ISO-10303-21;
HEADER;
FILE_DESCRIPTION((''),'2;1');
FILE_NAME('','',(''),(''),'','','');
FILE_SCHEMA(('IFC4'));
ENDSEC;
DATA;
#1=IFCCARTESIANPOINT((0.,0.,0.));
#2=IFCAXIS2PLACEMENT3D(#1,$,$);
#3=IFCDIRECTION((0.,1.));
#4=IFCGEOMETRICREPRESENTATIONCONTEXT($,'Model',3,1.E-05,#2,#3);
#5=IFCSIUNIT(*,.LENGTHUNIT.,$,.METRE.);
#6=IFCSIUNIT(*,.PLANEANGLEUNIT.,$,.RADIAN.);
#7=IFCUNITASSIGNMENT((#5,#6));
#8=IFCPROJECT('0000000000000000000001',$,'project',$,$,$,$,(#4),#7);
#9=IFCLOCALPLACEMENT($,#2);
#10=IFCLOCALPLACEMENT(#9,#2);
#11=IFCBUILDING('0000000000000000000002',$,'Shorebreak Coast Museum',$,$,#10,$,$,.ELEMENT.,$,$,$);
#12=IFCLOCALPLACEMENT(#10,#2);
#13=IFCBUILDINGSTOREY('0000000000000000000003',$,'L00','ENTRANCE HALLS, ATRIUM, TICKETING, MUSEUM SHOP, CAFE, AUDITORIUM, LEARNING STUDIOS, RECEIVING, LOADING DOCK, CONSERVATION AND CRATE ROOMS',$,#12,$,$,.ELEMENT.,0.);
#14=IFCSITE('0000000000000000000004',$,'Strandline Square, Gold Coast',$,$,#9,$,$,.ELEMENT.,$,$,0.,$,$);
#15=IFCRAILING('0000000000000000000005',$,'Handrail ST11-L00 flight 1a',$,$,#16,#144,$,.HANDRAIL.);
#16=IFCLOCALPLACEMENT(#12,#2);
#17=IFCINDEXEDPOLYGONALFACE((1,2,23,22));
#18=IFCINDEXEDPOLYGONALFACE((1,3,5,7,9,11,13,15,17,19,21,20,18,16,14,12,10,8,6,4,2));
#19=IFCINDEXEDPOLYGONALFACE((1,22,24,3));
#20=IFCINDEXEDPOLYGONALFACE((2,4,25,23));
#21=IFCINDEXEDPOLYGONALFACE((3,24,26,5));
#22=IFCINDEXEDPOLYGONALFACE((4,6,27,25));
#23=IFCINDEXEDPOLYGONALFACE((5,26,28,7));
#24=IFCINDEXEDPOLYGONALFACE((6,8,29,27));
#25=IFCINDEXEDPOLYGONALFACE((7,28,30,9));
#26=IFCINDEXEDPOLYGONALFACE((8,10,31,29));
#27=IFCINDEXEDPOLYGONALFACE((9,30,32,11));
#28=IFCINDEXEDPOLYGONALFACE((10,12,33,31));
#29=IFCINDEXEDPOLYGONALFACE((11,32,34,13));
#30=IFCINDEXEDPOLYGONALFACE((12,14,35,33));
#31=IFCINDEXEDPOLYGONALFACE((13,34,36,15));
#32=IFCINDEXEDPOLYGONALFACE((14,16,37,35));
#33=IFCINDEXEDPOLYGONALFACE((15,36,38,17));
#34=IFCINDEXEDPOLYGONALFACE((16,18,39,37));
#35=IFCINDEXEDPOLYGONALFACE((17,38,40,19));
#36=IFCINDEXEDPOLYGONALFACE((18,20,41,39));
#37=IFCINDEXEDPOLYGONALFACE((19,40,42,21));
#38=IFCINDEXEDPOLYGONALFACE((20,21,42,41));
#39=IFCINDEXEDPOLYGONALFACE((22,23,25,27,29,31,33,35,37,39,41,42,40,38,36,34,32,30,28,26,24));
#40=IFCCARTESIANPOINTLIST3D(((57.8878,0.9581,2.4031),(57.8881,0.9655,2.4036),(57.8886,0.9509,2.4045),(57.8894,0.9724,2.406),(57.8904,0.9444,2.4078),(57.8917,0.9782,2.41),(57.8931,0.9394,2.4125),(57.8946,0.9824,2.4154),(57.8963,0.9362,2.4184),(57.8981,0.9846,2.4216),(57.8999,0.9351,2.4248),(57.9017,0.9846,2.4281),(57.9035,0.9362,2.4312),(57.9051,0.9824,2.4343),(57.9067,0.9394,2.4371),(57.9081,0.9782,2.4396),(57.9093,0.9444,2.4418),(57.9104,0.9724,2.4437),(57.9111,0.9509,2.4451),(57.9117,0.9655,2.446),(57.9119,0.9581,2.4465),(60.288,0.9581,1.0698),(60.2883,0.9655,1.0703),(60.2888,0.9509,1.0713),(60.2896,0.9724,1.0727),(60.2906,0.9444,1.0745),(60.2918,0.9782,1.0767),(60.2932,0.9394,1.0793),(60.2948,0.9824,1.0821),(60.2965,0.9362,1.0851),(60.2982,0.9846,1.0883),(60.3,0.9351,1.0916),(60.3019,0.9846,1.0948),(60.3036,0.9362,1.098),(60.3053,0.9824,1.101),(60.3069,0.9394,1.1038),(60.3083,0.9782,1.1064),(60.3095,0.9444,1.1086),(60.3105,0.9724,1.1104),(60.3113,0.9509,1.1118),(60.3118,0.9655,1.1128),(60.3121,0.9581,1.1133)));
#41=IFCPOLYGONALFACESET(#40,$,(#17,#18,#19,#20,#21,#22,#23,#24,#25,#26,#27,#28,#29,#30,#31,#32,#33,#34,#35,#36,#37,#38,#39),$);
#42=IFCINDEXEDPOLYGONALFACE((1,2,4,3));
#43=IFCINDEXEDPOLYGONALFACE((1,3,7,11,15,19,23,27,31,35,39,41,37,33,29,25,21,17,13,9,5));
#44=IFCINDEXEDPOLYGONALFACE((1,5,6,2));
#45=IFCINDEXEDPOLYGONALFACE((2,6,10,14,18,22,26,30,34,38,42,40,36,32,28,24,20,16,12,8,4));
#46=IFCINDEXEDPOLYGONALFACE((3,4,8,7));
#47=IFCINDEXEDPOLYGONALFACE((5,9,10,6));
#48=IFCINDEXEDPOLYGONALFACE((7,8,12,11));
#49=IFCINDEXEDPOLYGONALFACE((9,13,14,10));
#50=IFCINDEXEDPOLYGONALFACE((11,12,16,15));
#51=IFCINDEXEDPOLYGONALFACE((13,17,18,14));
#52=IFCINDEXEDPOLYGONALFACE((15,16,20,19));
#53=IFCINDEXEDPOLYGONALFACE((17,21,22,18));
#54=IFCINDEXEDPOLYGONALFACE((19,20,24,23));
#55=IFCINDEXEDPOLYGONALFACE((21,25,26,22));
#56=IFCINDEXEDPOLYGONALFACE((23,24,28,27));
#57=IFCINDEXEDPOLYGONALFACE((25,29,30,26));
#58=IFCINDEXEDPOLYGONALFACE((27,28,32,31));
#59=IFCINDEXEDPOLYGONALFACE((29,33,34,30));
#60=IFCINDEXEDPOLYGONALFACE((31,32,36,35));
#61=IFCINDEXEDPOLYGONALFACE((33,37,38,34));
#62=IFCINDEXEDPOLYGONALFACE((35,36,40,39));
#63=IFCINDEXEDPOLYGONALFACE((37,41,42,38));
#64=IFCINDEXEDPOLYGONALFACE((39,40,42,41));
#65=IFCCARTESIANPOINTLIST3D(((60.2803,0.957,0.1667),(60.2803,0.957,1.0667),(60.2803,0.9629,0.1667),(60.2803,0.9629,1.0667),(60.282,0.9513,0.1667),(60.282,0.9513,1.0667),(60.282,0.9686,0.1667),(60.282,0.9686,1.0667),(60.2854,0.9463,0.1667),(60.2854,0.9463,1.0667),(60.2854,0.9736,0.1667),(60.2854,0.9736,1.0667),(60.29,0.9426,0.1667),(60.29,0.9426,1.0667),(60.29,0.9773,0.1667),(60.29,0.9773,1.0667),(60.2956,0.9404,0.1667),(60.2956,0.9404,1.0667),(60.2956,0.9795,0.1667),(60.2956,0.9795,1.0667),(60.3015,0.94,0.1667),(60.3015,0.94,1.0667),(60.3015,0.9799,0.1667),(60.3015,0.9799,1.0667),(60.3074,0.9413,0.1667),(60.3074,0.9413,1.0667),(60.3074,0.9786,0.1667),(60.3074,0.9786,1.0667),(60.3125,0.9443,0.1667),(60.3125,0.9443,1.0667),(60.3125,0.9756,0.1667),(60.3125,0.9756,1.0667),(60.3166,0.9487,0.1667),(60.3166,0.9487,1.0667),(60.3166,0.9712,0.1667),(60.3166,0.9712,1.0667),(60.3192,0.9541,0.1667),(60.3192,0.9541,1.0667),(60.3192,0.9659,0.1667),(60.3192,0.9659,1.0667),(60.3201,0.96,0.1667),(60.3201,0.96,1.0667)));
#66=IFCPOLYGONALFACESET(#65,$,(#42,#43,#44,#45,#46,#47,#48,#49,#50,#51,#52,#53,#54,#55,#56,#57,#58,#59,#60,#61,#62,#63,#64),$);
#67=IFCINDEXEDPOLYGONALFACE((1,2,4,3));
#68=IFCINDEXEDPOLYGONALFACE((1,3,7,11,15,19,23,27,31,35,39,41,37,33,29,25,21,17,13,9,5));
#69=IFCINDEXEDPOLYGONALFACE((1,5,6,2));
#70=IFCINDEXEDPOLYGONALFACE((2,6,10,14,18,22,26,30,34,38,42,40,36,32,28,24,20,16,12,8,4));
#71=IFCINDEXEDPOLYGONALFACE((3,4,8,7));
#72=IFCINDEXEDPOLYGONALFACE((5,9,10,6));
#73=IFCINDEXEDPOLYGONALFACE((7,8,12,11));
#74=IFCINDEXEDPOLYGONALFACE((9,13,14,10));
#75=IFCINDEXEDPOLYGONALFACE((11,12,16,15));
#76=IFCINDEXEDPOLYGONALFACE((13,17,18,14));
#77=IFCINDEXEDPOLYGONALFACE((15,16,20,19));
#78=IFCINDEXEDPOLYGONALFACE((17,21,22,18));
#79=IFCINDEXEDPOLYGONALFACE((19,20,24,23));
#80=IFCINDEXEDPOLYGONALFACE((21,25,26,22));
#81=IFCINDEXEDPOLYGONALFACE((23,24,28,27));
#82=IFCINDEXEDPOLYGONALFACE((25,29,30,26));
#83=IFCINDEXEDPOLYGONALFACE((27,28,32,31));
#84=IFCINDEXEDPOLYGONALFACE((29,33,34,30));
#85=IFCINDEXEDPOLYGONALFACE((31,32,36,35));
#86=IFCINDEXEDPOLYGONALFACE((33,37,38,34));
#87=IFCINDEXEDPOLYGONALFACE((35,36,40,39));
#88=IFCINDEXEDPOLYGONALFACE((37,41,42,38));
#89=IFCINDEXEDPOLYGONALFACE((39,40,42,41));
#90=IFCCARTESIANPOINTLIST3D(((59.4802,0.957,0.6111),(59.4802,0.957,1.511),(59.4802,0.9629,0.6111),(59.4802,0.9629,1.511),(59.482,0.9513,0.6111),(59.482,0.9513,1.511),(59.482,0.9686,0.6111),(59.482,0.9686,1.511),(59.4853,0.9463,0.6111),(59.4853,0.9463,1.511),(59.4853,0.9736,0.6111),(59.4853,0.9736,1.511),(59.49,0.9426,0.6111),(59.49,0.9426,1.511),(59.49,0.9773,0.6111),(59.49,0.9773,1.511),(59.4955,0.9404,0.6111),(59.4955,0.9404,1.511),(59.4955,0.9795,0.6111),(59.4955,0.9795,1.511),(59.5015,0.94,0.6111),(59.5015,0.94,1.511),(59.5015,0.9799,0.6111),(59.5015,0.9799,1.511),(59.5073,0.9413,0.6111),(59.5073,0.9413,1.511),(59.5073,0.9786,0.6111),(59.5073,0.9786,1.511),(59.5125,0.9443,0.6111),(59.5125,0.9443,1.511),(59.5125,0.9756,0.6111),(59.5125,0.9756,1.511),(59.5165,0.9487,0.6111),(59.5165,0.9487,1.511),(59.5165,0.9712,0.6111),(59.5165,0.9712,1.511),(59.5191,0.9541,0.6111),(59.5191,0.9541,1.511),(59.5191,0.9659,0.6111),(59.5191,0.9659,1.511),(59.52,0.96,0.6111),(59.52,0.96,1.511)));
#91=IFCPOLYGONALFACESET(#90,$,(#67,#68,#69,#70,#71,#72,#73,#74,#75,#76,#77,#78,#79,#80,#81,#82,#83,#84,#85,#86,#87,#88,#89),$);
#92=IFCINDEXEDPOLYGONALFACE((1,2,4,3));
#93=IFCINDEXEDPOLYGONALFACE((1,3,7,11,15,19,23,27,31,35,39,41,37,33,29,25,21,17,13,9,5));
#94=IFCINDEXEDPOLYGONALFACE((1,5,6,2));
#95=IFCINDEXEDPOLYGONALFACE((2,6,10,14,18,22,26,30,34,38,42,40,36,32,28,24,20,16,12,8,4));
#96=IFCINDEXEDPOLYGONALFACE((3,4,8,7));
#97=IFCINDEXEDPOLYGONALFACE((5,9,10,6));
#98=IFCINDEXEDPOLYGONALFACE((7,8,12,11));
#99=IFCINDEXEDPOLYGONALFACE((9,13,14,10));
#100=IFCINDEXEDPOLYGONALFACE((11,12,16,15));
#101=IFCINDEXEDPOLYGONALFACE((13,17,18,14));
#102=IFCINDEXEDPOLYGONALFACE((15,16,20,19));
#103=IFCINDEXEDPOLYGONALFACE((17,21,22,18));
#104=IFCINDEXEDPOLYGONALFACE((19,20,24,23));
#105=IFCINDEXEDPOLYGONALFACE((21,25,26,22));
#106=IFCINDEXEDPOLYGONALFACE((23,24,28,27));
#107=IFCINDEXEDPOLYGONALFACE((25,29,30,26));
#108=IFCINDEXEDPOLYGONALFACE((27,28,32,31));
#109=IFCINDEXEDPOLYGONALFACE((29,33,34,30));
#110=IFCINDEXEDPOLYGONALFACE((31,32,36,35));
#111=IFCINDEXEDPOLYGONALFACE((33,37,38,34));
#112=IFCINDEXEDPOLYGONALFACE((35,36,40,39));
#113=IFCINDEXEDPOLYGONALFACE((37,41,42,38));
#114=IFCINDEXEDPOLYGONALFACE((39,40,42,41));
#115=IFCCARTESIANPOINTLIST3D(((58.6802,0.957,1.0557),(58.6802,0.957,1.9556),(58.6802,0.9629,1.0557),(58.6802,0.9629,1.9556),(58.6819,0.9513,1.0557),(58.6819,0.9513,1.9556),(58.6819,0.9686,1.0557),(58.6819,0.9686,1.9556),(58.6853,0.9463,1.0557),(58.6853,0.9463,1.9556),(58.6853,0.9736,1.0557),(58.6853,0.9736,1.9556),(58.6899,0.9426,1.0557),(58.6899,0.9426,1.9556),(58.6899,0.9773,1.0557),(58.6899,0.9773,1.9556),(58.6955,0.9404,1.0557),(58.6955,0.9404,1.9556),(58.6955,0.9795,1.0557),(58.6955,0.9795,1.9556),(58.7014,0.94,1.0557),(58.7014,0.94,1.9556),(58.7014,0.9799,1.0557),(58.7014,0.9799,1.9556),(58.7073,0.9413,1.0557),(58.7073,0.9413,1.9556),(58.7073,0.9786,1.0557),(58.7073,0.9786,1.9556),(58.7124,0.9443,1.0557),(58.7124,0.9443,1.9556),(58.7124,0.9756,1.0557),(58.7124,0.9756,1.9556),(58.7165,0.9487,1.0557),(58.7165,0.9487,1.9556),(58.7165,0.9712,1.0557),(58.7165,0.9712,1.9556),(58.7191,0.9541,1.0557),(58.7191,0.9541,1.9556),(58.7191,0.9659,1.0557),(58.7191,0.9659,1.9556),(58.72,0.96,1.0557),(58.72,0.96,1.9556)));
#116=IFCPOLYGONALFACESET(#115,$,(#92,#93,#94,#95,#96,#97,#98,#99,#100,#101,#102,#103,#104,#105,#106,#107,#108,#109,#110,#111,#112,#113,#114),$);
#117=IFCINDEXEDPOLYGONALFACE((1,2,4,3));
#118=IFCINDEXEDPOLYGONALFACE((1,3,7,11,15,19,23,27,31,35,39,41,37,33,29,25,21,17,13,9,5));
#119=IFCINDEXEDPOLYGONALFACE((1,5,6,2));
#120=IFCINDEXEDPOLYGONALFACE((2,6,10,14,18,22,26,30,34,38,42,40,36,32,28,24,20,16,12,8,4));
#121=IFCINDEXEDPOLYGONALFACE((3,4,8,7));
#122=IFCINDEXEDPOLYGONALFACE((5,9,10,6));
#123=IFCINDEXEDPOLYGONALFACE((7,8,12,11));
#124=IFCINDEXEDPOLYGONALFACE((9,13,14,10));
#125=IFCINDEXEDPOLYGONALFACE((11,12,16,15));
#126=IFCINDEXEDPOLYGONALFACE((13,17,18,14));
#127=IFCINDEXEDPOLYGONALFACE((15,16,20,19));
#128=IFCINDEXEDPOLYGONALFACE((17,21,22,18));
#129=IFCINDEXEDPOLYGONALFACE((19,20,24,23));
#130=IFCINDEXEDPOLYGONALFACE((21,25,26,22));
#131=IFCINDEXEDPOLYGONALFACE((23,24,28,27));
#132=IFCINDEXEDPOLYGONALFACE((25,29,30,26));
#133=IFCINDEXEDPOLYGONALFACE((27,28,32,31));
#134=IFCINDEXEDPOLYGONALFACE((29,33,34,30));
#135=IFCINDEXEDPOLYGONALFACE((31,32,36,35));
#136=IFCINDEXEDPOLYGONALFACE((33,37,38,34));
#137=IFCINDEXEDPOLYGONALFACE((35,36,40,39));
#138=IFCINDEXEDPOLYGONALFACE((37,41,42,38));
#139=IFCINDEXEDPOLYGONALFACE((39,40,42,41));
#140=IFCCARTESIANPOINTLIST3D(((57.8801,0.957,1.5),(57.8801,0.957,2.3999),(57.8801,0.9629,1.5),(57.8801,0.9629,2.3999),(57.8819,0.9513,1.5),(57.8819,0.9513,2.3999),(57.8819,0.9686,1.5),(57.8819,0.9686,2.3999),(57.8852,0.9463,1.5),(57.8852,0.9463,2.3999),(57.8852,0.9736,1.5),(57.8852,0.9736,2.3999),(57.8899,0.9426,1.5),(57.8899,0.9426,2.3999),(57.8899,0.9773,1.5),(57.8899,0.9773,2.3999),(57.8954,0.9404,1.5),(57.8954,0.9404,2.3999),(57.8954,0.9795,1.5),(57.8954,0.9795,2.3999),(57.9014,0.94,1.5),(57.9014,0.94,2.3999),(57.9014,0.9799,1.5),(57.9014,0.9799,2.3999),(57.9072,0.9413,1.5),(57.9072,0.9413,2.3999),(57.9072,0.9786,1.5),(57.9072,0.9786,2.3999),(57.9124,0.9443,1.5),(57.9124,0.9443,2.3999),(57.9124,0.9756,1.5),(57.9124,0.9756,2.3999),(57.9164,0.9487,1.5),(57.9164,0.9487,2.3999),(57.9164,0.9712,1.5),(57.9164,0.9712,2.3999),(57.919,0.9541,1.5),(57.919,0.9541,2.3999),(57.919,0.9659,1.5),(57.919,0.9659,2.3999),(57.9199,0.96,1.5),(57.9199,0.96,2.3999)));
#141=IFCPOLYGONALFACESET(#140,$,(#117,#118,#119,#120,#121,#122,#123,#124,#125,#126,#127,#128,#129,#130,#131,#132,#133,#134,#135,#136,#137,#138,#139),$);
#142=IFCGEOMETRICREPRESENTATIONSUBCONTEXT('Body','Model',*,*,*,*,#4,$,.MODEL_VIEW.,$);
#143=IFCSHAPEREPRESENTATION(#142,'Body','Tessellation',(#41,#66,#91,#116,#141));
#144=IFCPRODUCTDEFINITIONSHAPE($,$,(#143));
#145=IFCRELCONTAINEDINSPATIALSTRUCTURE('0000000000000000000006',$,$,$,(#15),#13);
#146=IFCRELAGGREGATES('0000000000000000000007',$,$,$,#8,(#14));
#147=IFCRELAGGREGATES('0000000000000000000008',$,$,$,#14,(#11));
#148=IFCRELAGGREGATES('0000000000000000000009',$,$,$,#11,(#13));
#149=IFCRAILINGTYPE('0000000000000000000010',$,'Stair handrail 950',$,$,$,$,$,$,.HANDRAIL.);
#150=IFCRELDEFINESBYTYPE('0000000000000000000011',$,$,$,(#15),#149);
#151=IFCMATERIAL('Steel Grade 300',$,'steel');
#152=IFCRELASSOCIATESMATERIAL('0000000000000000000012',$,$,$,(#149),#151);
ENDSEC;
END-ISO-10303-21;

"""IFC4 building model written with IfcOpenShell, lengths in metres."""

from ifc_helpers import new_model, si_unit, direction, frame, origin, origin_2d, place, context, subcontext, project, spatial, circle, extrude, material, type_object, element, save


model = new_model("IFC4")

# Units and contexts
model_context = context("Model", 3, precision=1e-05, world=origin(), true_north=direction((0.0, 1.0)))
body_context = subcontext(model_context, "Body", "Model", "MODEL_VIEW")
ifc_project = project(units=[si_unit("LENGTHUNIT", "METRE"), si_unit("PLANEANGLEUNIT", "RADIAN")], contexts=[model_context])

# Site, building, storey
site_placement = place(None, origin())
site = spatial("IfcSite", under=ifc_project, at=site_placement, Name="Strandline Square, Gold Coast", CompositionType="ELEMENT", RefElevation=0.0)
building_placement = place(site_placement, origin())
building = spatial("IfcBuilding", under=site, at=building_placement, Name="Shorebreak Coast Museum", CompositionType="ELEMENT")
storey_placement = place(building_placement, origin())
storey = spatial("IfcBuildingStorey", under=building, at=storey_placement, Name="L00", Description="ENTRANCE HALLS, ATRIUM, TICKETING, MUSEUM SHOP, CAFE, AUDITORIUM, LEARNING STUDIOS, RECEIVING, LOADING DOCK, CONSERVATION AND CRATE ROOMS", CompositionType="ELEMENT", Elevation=0.0)

# Railing
ifc_material_1 = material(Name="Steel Grade 300", Category="steel")
railing_type_1 = type_object("IfcRailingType", Name="Stair handrail 950", PredefinedType="HANDRAIL", material=ifc_material_1)
for number, where, name in (
    (1, (60.3, 0.96, 0.1667), "Handrail ST11-L00 flight 1a"),
):
    element("IfcRailing", number, at=place(storey_placement, frame(where)), inside=storey, type_object=railing_type_1, Name=name, PredefinedType="HANDRAIL", context=body_context, shape_type="SweptSolid", body=[
        extrude(circle(Radius=0.0249, at=origin_2d()), frame((0.0, 0.0, 0.9248), z_axis=(-0.874182, 0.0, 0.485598), x_axis=(0.0, -1.0, 0.0)), (0.0, 0.0, 1.0), 2.7456),
        extrude(circle(Radius=0.02, at=origin_2d()), origin(), (0.0, 0.0, 1.0), 0.8999),
        extrude(circle(Radius=0.02, at=origin_2d()), frame((-0.8, 0.0, 0.4443)), (0.0, 0.0, 1.0), 0.8999),
        extrude(circle(Radius=0.02, at=origin_2d()), frame((-1.6001, 0.0, 0.8889)), (0.0, 0.0, 1.0), 0.8999),
        extrude(circle(Radius=0.02, at=origin_2d()), frame((-2.4001, 0.0, 1.3333)), (0.0, 0.0, 1.0), 0.8999),
    ])

save(model, "model.ifc")
